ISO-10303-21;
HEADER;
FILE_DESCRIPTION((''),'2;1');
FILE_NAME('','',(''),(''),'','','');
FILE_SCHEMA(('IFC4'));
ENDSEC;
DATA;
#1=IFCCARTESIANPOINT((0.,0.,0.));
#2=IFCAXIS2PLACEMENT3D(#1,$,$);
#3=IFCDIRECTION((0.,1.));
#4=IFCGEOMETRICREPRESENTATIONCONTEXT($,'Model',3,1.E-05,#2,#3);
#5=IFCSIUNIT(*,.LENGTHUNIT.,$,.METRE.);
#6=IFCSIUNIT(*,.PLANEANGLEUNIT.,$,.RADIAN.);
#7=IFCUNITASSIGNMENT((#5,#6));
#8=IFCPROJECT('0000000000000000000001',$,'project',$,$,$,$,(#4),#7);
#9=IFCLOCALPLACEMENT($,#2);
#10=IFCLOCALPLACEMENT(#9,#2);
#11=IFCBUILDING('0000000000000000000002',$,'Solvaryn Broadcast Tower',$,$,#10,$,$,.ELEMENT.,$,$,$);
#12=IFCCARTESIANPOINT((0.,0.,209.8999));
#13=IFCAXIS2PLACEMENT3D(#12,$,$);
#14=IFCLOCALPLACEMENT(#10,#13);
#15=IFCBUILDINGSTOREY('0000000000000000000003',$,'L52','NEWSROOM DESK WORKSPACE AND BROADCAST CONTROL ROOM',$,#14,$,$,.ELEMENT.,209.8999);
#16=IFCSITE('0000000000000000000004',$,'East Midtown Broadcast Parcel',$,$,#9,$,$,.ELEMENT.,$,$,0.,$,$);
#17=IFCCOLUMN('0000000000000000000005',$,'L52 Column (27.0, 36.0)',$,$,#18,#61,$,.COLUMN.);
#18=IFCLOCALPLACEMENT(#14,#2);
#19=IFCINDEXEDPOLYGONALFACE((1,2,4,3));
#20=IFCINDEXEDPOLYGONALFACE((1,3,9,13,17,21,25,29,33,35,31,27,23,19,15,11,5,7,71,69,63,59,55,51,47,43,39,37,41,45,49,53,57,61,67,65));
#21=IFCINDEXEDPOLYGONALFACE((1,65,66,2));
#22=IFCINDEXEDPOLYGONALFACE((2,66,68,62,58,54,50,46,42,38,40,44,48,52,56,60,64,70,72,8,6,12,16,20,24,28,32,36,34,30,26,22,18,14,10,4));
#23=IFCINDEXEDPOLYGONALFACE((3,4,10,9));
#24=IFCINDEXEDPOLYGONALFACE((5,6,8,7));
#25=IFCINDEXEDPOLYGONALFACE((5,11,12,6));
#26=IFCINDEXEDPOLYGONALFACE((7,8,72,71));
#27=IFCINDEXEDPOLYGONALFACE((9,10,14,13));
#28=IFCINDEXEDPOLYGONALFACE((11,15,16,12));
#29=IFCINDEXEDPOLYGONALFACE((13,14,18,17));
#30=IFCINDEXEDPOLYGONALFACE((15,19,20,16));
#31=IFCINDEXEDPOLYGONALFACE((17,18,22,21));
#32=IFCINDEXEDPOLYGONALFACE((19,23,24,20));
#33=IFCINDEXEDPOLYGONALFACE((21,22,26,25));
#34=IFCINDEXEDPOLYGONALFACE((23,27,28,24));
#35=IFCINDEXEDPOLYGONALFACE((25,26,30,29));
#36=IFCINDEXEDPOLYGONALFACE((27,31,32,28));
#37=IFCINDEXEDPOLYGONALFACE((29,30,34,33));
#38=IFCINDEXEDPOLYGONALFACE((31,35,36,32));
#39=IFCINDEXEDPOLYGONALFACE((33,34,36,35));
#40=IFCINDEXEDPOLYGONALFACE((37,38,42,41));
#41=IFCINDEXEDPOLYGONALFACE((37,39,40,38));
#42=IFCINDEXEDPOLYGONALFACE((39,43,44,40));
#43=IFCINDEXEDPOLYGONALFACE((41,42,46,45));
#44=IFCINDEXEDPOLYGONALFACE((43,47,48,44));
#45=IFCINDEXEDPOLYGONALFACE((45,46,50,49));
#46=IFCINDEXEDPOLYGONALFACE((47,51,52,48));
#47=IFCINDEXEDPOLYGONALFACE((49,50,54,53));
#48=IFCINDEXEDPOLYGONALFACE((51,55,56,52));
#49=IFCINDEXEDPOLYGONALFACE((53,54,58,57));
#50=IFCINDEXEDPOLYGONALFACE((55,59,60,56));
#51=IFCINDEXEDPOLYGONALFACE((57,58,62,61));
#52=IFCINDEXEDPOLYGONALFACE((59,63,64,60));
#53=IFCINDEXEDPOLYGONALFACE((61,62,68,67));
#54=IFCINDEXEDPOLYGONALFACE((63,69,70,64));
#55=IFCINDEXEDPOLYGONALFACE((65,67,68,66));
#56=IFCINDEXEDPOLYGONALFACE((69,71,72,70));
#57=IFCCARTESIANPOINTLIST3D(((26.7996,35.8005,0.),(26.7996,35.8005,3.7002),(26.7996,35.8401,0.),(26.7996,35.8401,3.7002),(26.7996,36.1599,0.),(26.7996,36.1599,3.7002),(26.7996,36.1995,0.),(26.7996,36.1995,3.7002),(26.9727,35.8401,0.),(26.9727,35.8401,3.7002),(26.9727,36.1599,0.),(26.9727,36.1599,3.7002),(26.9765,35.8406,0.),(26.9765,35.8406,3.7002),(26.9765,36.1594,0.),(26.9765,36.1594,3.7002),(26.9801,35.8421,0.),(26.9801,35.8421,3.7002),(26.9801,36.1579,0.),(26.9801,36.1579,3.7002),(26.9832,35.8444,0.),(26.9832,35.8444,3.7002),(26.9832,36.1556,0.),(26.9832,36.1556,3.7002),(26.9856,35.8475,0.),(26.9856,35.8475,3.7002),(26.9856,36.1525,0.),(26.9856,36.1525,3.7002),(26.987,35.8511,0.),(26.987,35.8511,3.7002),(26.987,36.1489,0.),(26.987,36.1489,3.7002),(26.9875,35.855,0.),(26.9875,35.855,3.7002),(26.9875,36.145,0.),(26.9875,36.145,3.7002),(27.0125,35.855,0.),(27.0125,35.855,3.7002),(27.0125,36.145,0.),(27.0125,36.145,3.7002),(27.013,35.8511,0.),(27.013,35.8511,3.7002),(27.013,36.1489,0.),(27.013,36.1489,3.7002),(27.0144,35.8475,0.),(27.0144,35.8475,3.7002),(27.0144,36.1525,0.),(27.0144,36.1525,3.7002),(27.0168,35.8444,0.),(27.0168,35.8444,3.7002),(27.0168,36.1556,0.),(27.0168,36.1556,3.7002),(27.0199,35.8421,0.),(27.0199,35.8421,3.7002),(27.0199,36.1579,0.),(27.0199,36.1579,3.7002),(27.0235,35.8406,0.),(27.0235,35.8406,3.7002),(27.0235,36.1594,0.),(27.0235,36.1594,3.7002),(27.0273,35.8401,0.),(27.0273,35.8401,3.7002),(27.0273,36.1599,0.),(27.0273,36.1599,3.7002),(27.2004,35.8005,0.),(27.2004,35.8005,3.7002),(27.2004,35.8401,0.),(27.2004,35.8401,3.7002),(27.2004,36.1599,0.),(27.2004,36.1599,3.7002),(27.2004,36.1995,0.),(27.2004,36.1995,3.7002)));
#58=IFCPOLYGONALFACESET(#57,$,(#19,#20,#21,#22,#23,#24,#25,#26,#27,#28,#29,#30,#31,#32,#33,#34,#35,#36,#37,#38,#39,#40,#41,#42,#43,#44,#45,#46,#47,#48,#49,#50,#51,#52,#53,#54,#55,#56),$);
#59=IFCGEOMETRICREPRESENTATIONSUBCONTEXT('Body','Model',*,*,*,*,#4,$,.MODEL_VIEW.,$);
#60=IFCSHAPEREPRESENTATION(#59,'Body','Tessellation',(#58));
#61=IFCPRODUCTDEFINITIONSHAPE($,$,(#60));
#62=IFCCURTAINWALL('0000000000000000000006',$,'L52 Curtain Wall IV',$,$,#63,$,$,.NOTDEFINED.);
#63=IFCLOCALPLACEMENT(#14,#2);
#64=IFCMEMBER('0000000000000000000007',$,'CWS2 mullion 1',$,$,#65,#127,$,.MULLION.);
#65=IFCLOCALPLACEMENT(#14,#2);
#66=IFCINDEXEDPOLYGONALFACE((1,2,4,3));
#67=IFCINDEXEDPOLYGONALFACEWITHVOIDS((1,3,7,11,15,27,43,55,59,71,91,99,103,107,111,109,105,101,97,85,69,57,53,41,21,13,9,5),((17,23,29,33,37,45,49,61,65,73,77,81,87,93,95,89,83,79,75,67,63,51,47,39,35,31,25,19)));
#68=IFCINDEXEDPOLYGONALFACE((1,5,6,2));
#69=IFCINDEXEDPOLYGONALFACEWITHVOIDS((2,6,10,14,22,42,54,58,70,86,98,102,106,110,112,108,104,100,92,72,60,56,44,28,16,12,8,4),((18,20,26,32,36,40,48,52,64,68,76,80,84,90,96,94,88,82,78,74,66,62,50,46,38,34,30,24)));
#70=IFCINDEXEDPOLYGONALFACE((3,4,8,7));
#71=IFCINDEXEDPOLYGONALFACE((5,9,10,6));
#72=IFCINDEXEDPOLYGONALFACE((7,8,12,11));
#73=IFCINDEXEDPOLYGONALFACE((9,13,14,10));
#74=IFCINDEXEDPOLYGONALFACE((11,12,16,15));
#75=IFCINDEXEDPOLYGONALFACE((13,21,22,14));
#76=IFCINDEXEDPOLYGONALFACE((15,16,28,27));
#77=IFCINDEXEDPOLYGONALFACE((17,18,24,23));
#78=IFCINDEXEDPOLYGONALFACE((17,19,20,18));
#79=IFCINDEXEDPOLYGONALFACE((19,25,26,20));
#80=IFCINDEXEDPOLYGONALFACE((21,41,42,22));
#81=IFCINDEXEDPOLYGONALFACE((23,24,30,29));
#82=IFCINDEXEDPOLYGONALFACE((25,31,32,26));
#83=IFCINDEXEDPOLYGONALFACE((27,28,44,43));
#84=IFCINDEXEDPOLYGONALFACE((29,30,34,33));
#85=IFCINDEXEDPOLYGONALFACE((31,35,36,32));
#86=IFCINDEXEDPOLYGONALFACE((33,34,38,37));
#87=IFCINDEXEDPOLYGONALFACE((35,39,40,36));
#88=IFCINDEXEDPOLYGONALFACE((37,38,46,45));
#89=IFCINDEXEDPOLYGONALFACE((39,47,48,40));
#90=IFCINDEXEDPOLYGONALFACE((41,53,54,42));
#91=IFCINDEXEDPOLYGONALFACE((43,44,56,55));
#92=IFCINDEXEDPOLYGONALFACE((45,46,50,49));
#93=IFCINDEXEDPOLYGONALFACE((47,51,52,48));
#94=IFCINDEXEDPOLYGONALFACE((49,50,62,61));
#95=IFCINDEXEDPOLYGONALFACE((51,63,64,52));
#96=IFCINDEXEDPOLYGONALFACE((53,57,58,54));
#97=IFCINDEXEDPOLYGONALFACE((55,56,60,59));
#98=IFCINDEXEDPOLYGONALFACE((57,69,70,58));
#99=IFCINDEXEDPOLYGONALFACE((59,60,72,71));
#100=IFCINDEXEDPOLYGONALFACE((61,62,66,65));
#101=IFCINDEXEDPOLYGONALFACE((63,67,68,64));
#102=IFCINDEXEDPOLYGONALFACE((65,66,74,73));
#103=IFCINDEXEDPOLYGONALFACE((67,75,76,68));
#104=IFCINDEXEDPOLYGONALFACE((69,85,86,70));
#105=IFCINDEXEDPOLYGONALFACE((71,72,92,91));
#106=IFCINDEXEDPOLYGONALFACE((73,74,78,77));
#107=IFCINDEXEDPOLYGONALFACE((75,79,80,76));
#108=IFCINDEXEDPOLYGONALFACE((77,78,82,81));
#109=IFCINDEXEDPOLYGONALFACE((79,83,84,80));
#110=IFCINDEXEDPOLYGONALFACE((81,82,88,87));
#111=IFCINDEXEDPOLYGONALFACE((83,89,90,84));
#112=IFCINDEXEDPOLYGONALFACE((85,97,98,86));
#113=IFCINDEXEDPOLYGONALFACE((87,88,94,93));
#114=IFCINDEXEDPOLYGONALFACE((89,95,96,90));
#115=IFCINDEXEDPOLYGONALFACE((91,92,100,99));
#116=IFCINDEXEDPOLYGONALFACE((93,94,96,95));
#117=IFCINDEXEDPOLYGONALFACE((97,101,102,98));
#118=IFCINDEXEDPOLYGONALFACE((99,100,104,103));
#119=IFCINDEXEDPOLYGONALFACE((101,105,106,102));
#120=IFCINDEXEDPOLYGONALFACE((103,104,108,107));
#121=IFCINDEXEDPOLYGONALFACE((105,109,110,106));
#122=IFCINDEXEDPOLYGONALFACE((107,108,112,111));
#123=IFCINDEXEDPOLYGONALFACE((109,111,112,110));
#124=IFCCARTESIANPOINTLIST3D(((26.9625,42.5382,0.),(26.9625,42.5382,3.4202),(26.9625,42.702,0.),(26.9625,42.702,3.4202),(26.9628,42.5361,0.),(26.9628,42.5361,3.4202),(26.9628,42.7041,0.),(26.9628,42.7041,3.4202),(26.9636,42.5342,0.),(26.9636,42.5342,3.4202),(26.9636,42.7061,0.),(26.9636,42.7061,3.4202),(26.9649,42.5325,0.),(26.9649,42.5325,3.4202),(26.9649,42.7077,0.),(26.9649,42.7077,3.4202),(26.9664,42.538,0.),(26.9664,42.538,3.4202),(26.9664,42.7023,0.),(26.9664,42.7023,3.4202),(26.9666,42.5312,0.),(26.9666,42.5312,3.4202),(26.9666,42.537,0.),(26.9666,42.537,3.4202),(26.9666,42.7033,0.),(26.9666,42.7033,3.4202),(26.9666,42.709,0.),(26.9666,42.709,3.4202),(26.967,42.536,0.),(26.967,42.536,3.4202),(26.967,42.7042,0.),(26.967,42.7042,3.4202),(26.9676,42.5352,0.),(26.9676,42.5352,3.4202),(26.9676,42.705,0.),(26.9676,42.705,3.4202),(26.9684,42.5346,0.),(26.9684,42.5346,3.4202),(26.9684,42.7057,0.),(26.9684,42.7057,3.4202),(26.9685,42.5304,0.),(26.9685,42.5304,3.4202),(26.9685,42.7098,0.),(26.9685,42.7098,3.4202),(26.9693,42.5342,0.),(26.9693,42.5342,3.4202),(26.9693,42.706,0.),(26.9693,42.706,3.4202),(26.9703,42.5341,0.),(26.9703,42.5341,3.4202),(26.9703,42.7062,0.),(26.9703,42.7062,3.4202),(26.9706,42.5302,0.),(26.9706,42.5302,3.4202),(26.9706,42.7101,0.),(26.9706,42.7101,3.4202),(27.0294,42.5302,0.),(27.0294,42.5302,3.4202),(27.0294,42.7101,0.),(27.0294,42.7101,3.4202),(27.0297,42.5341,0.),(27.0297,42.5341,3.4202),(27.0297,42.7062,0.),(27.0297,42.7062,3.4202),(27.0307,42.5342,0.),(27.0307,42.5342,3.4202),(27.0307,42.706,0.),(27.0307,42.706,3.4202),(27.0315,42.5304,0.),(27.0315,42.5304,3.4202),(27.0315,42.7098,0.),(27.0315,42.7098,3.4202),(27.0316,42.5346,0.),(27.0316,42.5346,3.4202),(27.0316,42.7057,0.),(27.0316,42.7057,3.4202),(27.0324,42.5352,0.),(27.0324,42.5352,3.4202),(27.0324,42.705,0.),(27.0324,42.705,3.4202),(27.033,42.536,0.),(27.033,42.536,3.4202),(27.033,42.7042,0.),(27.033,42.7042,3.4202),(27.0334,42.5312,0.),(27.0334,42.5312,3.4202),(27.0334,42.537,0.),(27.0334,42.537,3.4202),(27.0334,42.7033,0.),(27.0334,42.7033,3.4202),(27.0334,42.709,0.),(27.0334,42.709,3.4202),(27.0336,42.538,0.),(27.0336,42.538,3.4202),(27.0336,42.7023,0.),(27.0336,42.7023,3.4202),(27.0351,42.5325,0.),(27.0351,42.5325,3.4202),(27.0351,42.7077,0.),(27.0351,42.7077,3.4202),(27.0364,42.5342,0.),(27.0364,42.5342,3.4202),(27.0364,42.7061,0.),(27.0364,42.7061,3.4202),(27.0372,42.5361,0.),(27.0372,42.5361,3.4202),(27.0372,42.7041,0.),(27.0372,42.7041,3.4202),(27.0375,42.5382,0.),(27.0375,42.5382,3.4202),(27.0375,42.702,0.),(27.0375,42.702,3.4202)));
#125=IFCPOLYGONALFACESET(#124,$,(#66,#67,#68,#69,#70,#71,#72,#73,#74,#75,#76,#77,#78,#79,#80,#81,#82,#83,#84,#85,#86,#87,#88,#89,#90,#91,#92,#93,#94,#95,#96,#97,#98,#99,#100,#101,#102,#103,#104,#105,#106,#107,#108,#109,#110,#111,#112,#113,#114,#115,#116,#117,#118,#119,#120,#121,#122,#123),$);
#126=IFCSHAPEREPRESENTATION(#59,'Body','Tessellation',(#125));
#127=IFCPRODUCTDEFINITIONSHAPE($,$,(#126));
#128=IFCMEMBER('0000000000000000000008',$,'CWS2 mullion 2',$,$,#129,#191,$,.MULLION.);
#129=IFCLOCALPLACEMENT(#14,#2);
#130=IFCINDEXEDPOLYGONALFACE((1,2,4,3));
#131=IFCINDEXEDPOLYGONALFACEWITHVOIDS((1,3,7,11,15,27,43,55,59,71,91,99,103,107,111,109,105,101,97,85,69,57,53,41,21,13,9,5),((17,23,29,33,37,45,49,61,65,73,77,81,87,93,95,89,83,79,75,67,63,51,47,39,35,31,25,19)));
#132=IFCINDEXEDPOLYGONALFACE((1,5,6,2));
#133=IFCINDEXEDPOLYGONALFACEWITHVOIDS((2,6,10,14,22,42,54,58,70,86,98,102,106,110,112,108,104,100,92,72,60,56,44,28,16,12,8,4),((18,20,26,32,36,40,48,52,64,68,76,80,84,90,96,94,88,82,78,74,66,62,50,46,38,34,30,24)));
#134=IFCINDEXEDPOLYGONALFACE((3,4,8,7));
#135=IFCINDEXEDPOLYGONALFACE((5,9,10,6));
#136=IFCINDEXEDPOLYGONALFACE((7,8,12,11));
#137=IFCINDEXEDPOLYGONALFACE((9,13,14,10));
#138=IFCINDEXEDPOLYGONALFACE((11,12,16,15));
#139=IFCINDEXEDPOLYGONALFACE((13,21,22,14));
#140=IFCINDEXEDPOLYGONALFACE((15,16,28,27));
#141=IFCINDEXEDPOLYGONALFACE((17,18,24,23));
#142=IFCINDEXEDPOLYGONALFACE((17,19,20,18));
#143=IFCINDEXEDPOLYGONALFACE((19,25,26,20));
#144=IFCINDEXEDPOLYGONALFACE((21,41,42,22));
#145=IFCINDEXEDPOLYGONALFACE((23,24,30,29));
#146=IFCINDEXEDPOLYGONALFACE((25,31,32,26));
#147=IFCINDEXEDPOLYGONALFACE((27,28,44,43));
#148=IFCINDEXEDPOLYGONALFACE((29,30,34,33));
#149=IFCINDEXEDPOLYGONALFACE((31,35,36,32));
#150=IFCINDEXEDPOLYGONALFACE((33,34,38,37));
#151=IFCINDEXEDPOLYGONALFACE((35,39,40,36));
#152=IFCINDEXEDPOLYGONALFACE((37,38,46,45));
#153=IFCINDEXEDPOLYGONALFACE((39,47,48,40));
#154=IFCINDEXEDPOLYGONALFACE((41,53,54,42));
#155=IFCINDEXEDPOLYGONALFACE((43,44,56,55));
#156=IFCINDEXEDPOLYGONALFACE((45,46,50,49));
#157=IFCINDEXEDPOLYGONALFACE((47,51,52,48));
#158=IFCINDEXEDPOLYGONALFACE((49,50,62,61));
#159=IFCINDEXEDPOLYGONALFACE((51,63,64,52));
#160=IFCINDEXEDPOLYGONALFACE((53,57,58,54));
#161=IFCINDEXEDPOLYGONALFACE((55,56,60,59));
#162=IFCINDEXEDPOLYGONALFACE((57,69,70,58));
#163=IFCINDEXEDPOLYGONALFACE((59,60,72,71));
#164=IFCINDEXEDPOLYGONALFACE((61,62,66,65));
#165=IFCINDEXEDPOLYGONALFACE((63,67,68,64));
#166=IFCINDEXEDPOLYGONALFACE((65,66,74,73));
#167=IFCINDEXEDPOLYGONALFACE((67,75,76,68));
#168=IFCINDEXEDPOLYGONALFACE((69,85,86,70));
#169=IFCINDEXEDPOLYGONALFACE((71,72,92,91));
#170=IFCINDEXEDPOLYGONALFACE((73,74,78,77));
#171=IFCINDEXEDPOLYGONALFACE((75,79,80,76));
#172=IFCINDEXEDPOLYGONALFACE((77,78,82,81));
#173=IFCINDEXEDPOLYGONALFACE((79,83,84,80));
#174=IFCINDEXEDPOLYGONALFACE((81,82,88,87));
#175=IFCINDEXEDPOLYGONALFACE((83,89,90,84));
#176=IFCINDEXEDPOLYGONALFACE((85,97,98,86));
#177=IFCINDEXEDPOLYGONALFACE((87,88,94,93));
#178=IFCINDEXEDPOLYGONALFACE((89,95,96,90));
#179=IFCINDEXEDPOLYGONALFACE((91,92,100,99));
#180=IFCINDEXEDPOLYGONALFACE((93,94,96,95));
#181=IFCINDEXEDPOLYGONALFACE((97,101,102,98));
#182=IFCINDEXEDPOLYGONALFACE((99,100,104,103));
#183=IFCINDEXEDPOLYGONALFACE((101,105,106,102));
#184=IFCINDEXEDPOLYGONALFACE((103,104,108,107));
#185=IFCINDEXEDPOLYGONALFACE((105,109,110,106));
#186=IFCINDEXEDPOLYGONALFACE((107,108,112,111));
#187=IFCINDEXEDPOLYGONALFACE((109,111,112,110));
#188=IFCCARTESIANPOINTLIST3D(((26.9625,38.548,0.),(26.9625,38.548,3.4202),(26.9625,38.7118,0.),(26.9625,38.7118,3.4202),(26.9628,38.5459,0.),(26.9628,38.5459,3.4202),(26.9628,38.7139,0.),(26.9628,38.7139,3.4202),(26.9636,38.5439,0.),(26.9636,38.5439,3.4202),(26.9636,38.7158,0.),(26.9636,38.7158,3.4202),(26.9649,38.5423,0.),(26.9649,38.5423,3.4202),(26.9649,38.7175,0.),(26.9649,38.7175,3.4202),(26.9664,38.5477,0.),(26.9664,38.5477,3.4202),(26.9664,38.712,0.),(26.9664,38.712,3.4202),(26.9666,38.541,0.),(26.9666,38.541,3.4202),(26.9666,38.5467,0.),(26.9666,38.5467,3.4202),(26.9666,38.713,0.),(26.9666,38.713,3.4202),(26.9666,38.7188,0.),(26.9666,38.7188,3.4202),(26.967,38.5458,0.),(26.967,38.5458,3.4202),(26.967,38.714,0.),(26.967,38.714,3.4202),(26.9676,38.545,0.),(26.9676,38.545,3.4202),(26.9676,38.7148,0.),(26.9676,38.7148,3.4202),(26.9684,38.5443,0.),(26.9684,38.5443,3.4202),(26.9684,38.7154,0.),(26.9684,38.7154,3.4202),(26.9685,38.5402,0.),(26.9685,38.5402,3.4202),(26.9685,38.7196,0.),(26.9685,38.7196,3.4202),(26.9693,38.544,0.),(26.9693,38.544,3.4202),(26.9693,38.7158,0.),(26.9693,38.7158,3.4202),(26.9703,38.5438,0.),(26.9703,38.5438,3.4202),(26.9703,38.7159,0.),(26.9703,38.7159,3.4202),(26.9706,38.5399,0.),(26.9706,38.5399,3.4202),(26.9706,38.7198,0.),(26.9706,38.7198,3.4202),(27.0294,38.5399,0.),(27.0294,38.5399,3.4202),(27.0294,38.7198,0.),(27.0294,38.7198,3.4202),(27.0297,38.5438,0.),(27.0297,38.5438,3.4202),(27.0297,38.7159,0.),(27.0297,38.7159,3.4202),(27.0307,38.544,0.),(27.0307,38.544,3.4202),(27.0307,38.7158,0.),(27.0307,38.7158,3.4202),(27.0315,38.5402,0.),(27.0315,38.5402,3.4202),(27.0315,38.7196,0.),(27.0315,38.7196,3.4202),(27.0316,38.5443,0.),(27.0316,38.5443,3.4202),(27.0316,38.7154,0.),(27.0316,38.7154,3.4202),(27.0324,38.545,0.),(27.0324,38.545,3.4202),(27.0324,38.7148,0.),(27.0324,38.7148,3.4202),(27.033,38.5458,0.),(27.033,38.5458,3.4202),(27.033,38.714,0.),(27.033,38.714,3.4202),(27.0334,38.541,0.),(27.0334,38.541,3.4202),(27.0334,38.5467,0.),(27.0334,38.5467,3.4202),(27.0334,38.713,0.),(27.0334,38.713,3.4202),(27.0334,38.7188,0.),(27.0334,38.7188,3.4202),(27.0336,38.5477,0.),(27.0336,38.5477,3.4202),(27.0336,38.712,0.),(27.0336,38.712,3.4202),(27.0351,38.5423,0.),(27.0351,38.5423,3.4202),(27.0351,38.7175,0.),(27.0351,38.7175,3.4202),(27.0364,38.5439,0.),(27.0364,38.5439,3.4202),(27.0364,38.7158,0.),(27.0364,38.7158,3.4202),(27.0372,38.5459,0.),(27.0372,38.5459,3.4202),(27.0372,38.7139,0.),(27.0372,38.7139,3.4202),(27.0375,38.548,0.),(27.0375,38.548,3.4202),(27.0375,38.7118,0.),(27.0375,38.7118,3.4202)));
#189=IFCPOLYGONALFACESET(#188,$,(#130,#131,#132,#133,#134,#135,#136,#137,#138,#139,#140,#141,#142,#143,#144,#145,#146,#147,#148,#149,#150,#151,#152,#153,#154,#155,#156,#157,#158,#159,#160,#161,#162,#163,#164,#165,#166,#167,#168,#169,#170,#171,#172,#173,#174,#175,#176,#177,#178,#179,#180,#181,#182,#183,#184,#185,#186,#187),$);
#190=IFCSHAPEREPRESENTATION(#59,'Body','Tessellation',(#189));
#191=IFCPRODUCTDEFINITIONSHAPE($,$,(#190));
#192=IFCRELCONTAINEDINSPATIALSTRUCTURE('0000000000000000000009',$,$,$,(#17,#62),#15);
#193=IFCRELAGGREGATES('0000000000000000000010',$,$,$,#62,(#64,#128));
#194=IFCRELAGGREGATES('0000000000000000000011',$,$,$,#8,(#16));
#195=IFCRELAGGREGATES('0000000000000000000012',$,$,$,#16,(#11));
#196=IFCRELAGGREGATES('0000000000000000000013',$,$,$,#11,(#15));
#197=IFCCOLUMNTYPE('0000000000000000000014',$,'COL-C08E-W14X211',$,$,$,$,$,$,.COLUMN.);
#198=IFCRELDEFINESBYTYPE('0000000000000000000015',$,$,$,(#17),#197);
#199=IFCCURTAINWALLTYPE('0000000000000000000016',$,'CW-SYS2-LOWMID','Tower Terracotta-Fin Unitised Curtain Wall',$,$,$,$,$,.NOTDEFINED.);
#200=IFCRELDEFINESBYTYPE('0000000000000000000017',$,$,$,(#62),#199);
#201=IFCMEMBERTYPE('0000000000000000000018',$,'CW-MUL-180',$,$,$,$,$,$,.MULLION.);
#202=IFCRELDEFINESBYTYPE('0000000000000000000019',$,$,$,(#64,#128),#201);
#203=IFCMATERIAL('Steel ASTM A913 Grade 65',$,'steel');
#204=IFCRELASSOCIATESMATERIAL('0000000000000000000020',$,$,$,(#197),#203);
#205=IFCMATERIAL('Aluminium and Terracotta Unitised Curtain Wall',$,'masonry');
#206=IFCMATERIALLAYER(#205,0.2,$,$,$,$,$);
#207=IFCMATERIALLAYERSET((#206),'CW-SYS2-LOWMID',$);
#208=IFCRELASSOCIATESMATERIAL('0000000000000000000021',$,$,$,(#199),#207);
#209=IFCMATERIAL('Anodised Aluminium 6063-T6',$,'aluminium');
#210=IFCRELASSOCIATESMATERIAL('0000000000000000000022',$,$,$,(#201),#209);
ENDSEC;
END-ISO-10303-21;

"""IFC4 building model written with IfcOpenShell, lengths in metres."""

from ifc_helpers import new_model, si_unit, direction, frame, origin, origin_2d, place, context, subcontext, project, spatial, hollow_rectangle, i_section, extrude, material, layer, layer_set, material_profile, profile_set, type_object, element, aggregate, save


model = new_model("IFC4")

# Units and contexts
model_context = context("Model", 3, precision=1e-05, world=origin(), true_north=direction((0.0, 1.0)))
body_context = subcontext(model_context, "Body", "Model", "MODEL_VIEW")
ifc_project = project(units=[si_unit("LENGTHUNIT", "METRE"), si_unit("PLANEANGLEUNIT", "RADIAN")], contexts=[model_context])

# Site, building, storey
site_placement = place(None, origin())
site = spatial("IfcSite", under=ifc_project, at=site_placement, Name="East Midtown Broadcast Parcel", CompositionType="ELEMENT", RefElevation=0.0)
building_placement = place(site_placement, origin())
building = spatial("IfcBuilding", under=site, at=building_placement, Name="Solvaryn Broadcast Tower", CompositionType="ELEMENT")
storey_placement = place(building_placement, frame((0.0, 0.0, 209.8999)))
storey = spatial("IfcBuildingStorey", under=building, at=storey_placement, Name="L52", Description="NEWSROOM DESK WORKSPACE AND BROADCAST CONTROL ROOM", CompositionType="ELEMENT", Elevation=209.8999)

# Column
ifc_material_1 = material(Name="Steel ASTM A913 Grade 65", Category="steel")
ifc_material_profile_1 = material_profile(ifc_material_1, i_section(OverallWidth=0.4009, OverallDepth=0.3989, WebThickness=0.0249, FlangeThickness=0.0396, FilletRadius=0.0149, at=origin_2d()))
ifc_profile_set_1 = profile_set([ifc_material_profile_1], Name="Steel ASTM A913 Grade 65")
column_type = type_object("IfcColumnType", Name="COL-C08E-W14X211", PredefinedType="COLUMN", material=ifc_profile_set_1)
column_placement = place(storey_placement, frame((27.0, 36.0, 0.0), z_axis=(0.0, 0.0, 1.0), x_axis=(1.0, 0.0, 0.0)))
element("IfcColumn", 1, at=column_placement, inside=storey, type_object=column_type, Name="L52 Column (27.0, 36.0)", PredefinedType="COLUMN", context=body_context, shape_type="SweptSolid", body=[
    extrude(i_section(OverallWidth=0.4009, OverallDepth=0.3989, WebThickness=0.0249, FlangeThickness=0.0396, FilletRadius=0.0149, at=origin_2d()), origin(), (0.0, 0.0, 1.0), 3.7002),
])

# Curtain wall, members
ifc_material_2 = material(Name="Aluminium and Terracotta Unitised Curtain Wall", Category="masonry")
ifc_layer_1 = layer(ifc_material_2, 0.2)
ifc_layer_set_1 = layer_set([ifc_layer_1], Name="CW-SYS2-LOWMID")
curtain_wall_type = type_object("IfcCurtainWallType", Name="CW-SYS2-LOWMID", Description="Tower Terracotta-Fin Unitised Curtain Wall", PredefinedType="NOTDEFINED", material=ifc_layer_set_1)
curtain_wall_1_placement = place(storey_placement, origin())
curtain_wall_1 = element("IfcCurtainWall", 2, at=curtain_wall_1_placement, inside=storey, type_object=curtain_wall_type, Name="L52 Curtain Wall IV", PredefinedType="NOTDEFINED")
ifc_material_3 = material(Name="Anodised Aluminium 6063-T6", Category="aluminium")
ifc_material_profile_2 = material_profile(ifc_material_3, hollow_rectangle(XDim=0.075, YDim=0.1799, WallThickness=0.0039, InnerFilletRadius=0.0039, OuterFilletRadius=0.0081, at=origin_2d()))
ifc_profile_set_2 = profile_set([ifc_material_profile_2], Name="Anodised Aluminium 6063-T6")
member_type_1 = type_object("IfcMemberType", Name="CW-MUL-180", PredefinedType="MULLION", material=ifc_profile_set_2)
member_1_placement = place(storey_placement, frame((27.0, 42.6201, 0.0), z_axis=(0.0, 0.0, 1.0), x_axis=(1.0, 0.0, 0.0)))
member_1 = element("IfcMember", 3, at=member_1_placement, type_object=member_type_1, Name="CWS2 mullion 1", PredefinedType="MULLION", context=body_context, shape_type="SweptSolid", body=[
    extrude(hollow_rectangle(XDim=0.075, YDim=0.1799, WallThickness=0.0039, InnerFilletRadius=0.0039, OuterFilletRadius=0.0081, at=origin_2d()), origin(), (0.0, 0.0, 1.0), 3.4202),
])
member_2_placement = place(storey_placement, frame((27.0, 38.6299, 0.0), z_axis=(0.0, 0.0, 1.0), x_axis=(1.0, 0.0, 0.0)))
member_2 = element("IfcMember", 4, at=member_2_placement, type_object=member_type_1, Name="CWS2 mullion 2", PredefinedType="MULLION", context=body_context, shape_type="SweptSolid", body=[
    extrude(hollow_rectangle(XDim=0.075, YDim=0.1799, WallThickness=0.0039, InnerFilletRadius=0.0039, OuterFilletRadius=0.0081, at=origin_2d()), origin(), (0.0, 0.0, 1.0), 3.4202),
])

aggregate(curtain_wall_1, [member_1, member_2])

save(model, "model.ifc")
